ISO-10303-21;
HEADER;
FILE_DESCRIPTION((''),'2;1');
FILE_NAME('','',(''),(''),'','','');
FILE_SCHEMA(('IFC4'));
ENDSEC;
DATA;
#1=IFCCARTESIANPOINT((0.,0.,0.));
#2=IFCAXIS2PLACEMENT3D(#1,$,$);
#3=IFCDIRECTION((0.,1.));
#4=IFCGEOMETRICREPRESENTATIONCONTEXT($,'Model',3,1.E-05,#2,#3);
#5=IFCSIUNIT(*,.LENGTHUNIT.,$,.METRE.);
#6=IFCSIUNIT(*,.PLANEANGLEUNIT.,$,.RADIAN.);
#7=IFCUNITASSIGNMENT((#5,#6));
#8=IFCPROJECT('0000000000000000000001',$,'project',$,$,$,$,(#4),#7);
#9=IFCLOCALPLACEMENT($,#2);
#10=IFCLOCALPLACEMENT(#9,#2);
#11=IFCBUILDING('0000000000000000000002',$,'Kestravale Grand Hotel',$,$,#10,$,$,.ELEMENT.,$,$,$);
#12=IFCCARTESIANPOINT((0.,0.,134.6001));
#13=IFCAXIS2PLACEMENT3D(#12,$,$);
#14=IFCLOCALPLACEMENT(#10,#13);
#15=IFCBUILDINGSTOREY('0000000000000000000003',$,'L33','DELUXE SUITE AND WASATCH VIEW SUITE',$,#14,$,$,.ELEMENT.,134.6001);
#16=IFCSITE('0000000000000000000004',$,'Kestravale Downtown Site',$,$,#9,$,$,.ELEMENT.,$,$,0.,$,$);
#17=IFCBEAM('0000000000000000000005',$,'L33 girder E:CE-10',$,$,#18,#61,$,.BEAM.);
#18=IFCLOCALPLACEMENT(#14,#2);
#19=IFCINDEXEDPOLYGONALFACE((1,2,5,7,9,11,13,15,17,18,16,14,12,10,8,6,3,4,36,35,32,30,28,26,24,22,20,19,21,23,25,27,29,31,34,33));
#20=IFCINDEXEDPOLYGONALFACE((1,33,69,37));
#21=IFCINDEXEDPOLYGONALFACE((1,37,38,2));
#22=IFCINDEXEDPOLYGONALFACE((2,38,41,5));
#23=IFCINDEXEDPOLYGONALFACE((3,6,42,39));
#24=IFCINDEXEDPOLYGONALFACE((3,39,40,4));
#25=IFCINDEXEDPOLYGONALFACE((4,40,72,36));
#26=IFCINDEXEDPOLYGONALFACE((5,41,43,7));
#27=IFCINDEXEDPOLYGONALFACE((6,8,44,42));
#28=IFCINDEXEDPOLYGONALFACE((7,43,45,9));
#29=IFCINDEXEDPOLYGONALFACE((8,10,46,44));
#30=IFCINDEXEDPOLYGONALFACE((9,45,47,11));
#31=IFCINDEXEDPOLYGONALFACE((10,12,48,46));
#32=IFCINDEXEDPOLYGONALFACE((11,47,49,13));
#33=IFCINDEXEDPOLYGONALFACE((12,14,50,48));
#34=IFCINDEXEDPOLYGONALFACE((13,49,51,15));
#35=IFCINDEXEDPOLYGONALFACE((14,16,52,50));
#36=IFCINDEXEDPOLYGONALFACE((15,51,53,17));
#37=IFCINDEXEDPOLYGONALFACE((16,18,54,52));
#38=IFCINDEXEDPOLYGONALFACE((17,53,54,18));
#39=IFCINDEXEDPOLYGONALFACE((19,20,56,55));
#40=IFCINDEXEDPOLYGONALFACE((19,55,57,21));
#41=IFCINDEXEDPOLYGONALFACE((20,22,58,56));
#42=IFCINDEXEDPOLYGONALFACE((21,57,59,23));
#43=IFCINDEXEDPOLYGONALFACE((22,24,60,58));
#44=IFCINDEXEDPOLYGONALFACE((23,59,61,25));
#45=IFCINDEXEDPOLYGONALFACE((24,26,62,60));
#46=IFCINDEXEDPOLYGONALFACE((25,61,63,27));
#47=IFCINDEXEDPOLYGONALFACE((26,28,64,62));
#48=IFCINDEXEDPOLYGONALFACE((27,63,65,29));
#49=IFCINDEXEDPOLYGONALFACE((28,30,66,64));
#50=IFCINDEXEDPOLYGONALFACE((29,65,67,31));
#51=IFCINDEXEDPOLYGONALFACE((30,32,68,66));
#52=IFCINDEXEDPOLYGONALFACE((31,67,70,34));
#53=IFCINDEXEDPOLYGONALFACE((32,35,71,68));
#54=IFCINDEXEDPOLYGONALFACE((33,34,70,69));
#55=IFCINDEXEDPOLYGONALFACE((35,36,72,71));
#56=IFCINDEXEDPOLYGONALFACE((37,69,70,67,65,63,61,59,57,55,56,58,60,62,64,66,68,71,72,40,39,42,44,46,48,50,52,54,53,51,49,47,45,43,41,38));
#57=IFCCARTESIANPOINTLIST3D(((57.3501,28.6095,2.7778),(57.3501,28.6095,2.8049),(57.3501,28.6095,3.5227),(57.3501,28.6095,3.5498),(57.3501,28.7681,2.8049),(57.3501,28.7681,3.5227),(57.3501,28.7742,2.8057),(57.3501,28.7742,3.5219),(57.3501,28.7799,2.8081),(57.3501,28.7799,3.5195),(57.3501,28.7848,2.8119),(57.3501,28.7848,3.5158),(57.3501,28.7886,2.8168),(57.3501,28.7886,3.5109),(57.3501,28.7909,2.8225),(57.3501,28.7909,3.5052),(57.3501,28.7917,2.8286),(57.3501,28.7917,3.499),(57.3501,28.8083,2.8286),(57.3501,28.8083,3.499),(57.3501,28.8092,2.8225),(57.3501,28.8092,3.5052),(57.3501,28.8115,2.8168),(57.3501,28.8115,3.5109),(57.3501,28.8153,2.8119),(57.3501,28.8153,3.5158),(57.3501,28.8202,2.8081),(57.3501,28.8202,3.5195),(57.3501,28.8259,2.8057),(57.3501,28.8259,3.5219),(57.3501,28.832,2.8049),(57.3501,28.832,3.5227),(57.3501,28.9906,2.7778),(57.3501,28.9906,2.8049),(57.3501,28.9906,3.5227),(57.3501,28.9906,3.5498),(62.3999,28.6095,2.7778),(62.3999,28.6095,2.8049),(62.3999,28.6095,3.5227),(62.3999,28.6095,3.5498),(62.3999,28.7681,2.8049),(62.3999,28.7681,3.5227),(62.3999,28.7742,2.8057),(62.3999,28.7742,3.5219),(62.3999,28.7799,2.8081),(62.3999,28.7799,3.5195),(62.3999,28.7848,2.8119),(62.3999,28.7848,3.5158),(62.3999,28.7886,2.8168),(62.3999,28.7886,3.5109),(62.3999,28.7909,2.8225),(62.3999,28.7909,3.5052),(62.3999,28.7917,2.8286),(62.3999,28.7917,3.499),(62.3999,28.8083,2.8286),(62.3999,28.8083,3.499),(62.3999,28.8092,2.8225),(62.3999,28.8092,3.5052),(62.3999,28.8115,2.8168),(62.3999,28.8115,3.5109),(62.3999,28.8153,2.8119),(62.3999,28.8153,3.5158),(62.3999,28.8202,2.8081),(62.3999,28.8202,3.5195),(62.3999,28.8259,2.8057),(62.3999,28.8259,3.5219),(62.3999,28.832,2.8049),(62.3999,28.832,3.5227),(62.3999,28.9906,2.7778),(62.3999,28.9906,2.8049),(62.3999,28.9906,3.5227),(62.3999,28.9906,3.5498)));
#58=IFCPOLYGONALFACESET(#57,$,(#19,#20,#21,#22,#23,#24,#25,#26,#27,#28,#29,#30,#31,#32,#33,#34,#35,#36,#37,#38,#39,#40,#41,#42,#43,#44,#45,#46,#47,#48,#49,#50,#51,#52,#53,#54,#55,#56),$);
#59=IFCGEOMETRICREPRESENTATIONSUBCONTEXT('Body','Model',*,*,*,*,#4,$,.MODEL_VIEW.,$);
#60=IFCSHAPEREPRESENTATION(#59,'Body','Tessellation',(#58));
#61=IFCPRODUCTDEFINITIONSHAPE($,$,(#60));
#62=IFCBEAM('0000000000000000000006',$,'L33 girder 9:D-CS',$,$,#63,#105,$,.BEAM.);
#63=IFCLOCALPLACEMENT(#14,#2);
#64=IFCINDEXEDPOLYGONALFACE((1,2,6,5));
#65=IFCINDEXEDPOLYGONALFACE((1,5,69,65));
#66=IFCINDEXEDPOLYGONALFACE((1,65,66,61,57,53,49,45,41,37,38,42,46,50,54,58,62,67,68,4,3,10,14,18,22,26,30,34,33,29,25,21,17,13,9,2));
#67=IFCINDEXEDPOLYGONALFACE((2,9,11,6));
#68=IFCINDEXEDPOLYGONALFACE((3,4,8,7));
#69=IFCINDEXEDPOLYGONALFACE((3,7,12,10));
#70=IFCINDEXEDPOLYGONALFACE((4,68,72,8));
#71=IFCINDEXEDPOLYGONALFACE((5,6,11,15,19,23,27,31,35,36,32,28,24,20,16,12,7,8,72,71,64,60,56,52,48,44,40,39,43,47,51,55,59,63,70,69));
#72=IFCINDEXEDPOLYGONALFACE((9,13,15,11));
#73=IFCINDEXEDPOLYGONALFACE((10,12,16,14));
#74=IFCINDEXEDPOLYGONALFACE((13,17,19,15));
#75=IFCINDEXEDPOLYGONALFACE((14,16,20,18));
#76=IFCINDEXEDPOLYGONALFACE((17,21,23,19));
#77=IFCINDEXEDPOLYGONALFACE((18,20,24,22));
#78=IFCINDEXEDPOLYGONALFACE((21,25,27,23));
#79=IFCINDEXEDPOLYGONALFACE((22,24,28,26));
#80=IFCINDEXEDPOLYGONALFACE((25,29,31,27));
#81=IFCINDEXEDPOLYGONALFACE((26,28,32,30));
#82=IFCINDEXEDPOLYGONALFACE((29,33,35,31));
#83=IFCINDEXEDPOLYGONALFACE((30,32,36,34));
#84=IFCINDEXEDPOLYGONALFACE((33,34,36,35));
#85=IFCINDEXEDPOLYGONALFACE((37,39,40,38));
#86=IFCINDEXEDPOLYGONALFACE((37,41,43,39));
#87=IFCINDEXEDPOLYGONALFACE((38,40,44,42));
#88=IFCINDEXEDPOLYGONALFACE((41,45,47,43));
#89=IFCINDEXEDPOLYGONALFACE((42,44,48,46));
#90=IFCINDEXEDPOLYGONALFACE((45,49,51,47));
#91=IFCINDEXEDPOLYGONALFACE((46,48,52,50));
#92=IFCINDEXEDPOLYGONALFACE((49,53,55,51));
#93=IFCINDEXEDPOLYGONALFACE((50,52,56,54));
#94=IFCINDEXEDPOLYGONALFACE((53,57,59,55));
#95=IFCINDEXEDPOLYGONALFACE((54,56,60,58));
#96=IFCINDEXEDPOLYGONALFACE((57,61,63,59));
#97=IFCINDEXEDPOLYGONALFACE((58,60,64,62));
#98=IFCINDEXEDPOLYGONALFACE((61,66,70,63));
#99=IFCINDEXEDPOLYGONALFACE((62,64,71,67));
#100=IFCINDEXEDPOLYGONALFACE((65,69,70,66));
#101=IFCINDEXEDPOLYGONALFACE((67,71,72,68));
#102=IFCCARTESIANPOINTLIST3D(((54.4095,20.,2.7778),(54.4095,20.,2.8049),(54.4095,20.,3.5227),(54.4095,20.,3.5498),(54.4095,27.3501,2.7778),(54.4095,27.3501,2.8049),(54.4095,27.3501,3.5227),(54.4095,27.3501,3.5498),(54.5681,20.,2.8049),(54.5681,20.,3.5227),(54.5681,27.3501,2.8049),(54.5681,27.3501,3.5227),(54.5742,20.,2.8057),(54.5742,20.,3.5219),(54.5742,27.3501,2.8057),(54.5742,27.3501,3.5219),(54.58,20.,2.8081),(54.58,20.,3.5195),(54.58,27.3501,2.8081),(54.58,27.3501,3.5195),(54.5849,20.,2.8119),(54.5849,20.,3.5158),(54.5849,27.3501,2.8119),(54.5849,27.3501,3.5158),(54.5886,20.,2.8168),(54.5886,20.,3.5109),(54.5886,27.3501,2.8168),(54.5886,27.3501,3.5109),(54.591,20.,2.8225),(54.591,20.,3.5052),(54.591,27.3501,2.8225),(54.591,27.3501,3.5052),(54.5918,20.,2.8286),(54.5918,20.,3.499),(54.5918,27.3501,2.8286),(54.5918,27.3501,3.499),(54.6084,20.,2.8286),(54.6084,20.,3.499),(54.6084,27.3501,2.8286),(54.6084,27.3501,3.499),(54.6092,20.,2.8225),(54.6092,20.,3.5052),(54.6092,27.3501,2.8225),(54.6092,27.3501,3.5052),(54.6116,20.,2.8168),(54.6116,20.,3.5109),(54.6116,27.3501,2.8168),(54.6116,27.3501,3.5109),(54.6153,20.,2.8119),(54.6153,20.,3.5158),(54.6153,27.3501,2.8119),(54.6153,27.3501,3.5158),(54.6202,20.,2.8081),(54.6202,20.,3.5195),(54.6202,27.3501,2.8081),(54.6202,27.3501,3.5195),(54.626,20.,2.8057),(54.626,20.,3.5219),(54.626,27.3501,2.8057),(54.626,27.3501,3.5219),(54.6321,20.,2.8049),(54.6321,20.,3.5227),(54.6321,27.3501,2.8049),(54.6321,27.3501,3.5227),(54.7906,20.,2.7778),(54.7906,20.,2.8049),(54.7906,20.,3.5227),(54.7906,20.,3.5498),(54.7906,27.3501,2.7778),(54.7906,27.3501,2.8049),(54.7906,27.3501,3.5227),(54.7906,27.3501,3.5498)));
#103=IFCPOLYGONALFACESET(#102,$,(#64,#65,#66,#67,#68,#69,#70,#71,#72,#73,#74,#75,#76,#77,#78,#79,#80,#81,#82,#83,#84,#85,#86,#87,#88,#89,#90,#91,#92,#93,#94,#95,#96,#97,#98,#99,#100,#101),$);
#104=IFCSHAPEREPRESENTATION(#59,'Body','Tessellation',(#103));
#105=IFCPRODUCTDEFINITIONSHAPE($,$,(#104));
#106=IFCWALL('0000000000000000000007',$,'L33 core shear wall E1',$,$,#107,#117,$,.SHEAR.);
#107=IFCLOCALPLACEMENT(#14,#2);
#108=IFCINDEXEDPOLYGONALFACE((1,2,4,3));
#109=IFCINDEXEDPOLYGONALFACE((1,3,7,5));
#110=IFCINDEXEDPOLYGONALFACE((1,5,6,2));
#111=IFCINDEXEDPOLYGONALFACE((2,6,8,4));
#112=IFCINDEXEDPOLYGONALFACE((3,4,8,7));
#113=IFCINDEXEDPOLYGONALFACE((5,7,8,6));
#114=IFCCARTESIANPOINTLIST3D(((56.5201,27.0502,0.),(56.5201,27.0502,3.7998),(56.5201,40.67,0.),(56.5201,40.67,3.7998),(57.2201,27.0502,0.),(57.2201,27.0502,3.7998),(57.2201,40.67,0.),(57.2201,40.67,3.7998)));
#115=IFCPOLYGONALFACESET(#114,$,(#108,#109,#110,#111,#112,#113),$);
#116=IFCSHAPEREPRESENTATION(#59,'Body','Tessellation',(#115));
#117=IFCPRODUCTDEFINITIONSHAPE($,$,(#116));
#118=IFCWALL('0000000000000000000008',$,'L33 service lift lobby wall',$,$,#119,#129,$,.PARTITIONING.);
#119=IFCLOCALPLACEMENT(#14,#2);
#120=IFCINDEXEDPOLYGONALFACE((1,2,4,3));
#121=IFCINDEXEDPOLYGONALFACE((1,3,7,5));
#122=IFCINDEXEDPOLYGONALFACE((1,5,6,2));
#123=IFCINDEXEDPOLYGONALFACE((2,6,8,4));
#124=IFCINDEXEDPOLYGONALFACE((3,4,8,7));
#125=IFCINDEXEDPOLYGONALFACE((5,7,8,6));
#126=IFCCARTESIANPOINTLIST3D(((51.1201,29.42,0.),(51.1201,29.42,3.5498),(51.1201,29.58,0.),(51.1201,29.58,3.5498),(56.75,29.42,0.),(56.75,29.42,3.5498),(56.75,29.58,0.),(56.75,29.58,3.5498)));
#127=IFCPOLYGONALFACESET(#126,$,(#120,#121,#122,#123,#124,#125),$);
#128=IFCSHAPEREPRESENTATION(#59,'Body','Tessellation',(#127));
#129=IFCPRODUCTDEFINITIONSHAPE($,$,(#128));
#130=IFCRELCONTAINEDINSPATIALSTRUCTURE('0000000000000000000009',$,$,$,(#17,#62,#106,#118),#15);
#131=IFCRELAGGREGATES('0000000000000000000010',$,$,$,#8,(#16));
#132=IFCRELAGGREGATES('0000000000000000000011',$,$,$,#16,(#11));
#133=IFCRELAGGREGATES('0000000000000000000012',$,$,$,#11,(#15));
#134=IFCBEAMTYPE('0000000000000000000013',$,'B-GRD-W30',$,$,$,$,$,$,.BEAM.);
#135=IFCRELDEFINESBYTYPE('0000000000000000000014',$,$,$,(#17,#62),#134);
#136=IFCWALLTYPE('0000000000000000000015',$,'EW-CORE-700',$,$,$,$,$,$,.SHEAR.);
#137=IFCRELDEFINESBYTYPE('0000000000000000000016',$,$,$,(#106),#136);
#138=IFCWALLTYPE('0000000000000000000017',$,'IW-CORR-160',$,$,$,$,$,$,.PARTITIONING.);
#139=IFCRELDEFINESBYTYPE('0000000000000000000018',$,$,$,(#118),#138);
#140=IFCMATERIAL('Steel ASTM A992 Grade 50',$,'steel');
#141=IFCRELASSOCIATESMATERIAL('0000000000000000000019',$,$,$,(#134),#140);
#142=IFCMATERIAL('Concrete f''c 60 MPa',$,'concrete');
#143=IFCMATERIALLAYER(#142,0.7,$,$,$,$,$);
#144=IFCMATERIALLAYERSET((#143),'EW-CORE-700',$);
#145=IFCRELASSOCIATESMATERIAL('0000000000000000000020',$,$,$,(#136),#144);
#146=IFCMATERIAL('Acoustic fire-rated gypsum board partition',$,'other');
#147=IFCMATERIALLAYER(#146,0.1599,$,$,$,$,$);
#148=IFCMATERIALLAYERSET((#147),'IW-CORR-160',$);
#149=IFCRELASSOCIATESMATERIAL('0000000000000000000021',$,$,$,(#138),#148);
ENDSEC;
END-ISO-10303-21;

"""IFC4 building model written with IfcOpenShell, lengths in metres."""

from ifc_helpers import new_model, si_unit, direction, frame, frame_2d, origin, origin_2d, place, context, subcontext, project, spatial, rectangle, i_section, extrude, material, layer, layer_set, material_profile, profile_set, type_object, element, save


model = new_model("IFC4")

# Units and contexts
model_context = context("Model", 3, precision=1e-05, world=origin(), true_north=direction((0.0, 1.0)))
body_context = subcontext(model_context, "Body", "Model", "MODEL_VIEW")
ifc_project = project(units=[si_unit("LENGTHUNIT", "METRE"), si_unit("PLANEANGLEUNIT", "RADIAN")], contexts=[model_context])

# Site, building, storey
site_placement = place(None, origin())
site = spatial("IfcSite", under=ifc_project, at=site_placement, Name="Kestravale Downtown Site", CompositionType="ELEMENT", RefElevation=0.0)
building_placement = place(site_placement, origin())
building = spatial("IfcBuilding", under=site, at=building_placement, Name="Kestravale Grand Hotel", CompositionType="ELEMENT")
storey_placement = place(building_placement, frame((0.0, 0.0, 134.6001)))
storey = spatial("IfcBuildingStorey", under=building, at=storey_placement, Name="L33", Description="DELUXE SUITE AND WASATCH VIEW SUITE", CompositionType="ELEMENT", Elevation=134.6001)

# Beams
ifc_material_1 = material(Name="Steel ASTM A992 Grade 50", Category="steel")
ifc_material_profile_1 = material_profile(ifc_material_1, i_section(OverallWidth=0.3811, OverallDepth=0.772, WebThickness=0.0166, FlangeThickness=0.0271, FilletRadius=0.0237, at=origin_2d()))
ifc_profile_set_1 = profile_set([ifc_material_profile_1], Name="Steel ASTM A992 Grade 50")
beam_type_1 = type_object("IfcBeamType", Name="B-GRD-W30", PredefinedType="BEAM", material=ifc_profile_set_1)
beam_1_placement = place(storey_placement, frame((57.3501, 28.8, 3.1638), z_axis=(1.0, 0.0, 0.0), x_axis=(0.0, 1.0, 0.0)))
element("IfcBeam", 1, at=beam_1_placement, inside=storey, type_object=beam_type_1, Name="L33 girder E:CE-10", PredefinedType="BEAM", context=body_context, shape_type="SweptSolid", body=[
    extrude(i_section(OverallWidth=0.3811, OverallDepth=0.772, WebThickness=0.0166, FlangeThickness=0.0271, FilletRadius=0.0237, at=origin_2d()), origin(), (0.0, 0.0, 1.0), 5.0498),
])
beam_2_placement = place(storey_placement, frame((54.6001, 20.0, 3.1638), z_axis=(0.0, 1.0, 0.0), x_axis=(-1.0, 0.0, 0.0)))
element("IfcBeam", 2, at=beam_2_placement, inside=storey, type_object=beam_type_1, Name="L33 girder 9:D-CS", PredefinedType="BEAM", context=body_context, shape_type="SweptSolid", body=[
    extrude(i_section(OverallWidth=0.3811, OverallDepth=0.772, WebThickness=0.0166, FlangeThickness=0.0271, FilletRadius=0.0237, at=origin_2d()), origin(), (0.0, 0.0, 1.0), 7.3501),
])

# Wall
ifc_material_2 = material(Name="Concrete f'c 60 MPa", Category="concrete")
ifc_layer_1 = layer(ifc_material_2, 0.7)
ifc_layer_set_1 = layer_set([ifc_layer_1], Name="EW-CORE-700")
wall_type_1 = type_object("IfcWallType", Name="EW-CORE-700", PredefinedType="SHEAR", material=ifc_layer_set_1)
wall_1_placement = place(storey_placement, frame((56.8701, 27.05, 0.0), z_axis=(0.0, 0.0, 1.0), x_axis=(0.0, 1.0, 0.0)))
element("IfcWall", 3, at=wall_1_placement, inside=storey, type_object=wall_type_1, Name="L33 core shear wall E1", PredefinedType="SHEAR", context=body_context, shape_type="SweptSolid", body=[
    extrude(rectangle(XDim=13.6199, YDim=0.7, at=frame_2d((6.8101, 0.0))), origin(), (0.0, 0.0, 1.0), 3.7998),
])

# Shared definitions
ifc_material_3 = material(Name="Acoustic fire-rated gypsum board partition", Category="other")
ifc_layer_2 = layer(ifc_material_3, 0.1599)
ifc_layer_set_2 = layer_set([ifc_layer_2], Name="IW-CORR-160")
wall_type_2 = type_object("IfcWallType", Name="IW-CORR-160", PredefinedType="PARTITIONING", material=ifc_layer_set_2)

# Wall
wall_2_placement = place(storey_placement, frame((51.1201, 29.5, 0.0), z_axis=(0.0, 0.0, 1.0), x_axis=(1.0, 0.0, 0.0)))
element("IfcWall", 4, at=wall_2_placement, inside=storey, type_object=wall_type_2, Name="L33 service lift lobby wall", PredefinedType="PARTITIONING", context=body_context, shape_type="SweptSolid", body=[
    extrude(rectangle(XDim=5.6299, YDim=0.1599, at=frame_2d((2.8149, 0.0))), origin(), (0.0, 0.0, 1.0), 3.5498),
])

save(model, "model.ifc")
